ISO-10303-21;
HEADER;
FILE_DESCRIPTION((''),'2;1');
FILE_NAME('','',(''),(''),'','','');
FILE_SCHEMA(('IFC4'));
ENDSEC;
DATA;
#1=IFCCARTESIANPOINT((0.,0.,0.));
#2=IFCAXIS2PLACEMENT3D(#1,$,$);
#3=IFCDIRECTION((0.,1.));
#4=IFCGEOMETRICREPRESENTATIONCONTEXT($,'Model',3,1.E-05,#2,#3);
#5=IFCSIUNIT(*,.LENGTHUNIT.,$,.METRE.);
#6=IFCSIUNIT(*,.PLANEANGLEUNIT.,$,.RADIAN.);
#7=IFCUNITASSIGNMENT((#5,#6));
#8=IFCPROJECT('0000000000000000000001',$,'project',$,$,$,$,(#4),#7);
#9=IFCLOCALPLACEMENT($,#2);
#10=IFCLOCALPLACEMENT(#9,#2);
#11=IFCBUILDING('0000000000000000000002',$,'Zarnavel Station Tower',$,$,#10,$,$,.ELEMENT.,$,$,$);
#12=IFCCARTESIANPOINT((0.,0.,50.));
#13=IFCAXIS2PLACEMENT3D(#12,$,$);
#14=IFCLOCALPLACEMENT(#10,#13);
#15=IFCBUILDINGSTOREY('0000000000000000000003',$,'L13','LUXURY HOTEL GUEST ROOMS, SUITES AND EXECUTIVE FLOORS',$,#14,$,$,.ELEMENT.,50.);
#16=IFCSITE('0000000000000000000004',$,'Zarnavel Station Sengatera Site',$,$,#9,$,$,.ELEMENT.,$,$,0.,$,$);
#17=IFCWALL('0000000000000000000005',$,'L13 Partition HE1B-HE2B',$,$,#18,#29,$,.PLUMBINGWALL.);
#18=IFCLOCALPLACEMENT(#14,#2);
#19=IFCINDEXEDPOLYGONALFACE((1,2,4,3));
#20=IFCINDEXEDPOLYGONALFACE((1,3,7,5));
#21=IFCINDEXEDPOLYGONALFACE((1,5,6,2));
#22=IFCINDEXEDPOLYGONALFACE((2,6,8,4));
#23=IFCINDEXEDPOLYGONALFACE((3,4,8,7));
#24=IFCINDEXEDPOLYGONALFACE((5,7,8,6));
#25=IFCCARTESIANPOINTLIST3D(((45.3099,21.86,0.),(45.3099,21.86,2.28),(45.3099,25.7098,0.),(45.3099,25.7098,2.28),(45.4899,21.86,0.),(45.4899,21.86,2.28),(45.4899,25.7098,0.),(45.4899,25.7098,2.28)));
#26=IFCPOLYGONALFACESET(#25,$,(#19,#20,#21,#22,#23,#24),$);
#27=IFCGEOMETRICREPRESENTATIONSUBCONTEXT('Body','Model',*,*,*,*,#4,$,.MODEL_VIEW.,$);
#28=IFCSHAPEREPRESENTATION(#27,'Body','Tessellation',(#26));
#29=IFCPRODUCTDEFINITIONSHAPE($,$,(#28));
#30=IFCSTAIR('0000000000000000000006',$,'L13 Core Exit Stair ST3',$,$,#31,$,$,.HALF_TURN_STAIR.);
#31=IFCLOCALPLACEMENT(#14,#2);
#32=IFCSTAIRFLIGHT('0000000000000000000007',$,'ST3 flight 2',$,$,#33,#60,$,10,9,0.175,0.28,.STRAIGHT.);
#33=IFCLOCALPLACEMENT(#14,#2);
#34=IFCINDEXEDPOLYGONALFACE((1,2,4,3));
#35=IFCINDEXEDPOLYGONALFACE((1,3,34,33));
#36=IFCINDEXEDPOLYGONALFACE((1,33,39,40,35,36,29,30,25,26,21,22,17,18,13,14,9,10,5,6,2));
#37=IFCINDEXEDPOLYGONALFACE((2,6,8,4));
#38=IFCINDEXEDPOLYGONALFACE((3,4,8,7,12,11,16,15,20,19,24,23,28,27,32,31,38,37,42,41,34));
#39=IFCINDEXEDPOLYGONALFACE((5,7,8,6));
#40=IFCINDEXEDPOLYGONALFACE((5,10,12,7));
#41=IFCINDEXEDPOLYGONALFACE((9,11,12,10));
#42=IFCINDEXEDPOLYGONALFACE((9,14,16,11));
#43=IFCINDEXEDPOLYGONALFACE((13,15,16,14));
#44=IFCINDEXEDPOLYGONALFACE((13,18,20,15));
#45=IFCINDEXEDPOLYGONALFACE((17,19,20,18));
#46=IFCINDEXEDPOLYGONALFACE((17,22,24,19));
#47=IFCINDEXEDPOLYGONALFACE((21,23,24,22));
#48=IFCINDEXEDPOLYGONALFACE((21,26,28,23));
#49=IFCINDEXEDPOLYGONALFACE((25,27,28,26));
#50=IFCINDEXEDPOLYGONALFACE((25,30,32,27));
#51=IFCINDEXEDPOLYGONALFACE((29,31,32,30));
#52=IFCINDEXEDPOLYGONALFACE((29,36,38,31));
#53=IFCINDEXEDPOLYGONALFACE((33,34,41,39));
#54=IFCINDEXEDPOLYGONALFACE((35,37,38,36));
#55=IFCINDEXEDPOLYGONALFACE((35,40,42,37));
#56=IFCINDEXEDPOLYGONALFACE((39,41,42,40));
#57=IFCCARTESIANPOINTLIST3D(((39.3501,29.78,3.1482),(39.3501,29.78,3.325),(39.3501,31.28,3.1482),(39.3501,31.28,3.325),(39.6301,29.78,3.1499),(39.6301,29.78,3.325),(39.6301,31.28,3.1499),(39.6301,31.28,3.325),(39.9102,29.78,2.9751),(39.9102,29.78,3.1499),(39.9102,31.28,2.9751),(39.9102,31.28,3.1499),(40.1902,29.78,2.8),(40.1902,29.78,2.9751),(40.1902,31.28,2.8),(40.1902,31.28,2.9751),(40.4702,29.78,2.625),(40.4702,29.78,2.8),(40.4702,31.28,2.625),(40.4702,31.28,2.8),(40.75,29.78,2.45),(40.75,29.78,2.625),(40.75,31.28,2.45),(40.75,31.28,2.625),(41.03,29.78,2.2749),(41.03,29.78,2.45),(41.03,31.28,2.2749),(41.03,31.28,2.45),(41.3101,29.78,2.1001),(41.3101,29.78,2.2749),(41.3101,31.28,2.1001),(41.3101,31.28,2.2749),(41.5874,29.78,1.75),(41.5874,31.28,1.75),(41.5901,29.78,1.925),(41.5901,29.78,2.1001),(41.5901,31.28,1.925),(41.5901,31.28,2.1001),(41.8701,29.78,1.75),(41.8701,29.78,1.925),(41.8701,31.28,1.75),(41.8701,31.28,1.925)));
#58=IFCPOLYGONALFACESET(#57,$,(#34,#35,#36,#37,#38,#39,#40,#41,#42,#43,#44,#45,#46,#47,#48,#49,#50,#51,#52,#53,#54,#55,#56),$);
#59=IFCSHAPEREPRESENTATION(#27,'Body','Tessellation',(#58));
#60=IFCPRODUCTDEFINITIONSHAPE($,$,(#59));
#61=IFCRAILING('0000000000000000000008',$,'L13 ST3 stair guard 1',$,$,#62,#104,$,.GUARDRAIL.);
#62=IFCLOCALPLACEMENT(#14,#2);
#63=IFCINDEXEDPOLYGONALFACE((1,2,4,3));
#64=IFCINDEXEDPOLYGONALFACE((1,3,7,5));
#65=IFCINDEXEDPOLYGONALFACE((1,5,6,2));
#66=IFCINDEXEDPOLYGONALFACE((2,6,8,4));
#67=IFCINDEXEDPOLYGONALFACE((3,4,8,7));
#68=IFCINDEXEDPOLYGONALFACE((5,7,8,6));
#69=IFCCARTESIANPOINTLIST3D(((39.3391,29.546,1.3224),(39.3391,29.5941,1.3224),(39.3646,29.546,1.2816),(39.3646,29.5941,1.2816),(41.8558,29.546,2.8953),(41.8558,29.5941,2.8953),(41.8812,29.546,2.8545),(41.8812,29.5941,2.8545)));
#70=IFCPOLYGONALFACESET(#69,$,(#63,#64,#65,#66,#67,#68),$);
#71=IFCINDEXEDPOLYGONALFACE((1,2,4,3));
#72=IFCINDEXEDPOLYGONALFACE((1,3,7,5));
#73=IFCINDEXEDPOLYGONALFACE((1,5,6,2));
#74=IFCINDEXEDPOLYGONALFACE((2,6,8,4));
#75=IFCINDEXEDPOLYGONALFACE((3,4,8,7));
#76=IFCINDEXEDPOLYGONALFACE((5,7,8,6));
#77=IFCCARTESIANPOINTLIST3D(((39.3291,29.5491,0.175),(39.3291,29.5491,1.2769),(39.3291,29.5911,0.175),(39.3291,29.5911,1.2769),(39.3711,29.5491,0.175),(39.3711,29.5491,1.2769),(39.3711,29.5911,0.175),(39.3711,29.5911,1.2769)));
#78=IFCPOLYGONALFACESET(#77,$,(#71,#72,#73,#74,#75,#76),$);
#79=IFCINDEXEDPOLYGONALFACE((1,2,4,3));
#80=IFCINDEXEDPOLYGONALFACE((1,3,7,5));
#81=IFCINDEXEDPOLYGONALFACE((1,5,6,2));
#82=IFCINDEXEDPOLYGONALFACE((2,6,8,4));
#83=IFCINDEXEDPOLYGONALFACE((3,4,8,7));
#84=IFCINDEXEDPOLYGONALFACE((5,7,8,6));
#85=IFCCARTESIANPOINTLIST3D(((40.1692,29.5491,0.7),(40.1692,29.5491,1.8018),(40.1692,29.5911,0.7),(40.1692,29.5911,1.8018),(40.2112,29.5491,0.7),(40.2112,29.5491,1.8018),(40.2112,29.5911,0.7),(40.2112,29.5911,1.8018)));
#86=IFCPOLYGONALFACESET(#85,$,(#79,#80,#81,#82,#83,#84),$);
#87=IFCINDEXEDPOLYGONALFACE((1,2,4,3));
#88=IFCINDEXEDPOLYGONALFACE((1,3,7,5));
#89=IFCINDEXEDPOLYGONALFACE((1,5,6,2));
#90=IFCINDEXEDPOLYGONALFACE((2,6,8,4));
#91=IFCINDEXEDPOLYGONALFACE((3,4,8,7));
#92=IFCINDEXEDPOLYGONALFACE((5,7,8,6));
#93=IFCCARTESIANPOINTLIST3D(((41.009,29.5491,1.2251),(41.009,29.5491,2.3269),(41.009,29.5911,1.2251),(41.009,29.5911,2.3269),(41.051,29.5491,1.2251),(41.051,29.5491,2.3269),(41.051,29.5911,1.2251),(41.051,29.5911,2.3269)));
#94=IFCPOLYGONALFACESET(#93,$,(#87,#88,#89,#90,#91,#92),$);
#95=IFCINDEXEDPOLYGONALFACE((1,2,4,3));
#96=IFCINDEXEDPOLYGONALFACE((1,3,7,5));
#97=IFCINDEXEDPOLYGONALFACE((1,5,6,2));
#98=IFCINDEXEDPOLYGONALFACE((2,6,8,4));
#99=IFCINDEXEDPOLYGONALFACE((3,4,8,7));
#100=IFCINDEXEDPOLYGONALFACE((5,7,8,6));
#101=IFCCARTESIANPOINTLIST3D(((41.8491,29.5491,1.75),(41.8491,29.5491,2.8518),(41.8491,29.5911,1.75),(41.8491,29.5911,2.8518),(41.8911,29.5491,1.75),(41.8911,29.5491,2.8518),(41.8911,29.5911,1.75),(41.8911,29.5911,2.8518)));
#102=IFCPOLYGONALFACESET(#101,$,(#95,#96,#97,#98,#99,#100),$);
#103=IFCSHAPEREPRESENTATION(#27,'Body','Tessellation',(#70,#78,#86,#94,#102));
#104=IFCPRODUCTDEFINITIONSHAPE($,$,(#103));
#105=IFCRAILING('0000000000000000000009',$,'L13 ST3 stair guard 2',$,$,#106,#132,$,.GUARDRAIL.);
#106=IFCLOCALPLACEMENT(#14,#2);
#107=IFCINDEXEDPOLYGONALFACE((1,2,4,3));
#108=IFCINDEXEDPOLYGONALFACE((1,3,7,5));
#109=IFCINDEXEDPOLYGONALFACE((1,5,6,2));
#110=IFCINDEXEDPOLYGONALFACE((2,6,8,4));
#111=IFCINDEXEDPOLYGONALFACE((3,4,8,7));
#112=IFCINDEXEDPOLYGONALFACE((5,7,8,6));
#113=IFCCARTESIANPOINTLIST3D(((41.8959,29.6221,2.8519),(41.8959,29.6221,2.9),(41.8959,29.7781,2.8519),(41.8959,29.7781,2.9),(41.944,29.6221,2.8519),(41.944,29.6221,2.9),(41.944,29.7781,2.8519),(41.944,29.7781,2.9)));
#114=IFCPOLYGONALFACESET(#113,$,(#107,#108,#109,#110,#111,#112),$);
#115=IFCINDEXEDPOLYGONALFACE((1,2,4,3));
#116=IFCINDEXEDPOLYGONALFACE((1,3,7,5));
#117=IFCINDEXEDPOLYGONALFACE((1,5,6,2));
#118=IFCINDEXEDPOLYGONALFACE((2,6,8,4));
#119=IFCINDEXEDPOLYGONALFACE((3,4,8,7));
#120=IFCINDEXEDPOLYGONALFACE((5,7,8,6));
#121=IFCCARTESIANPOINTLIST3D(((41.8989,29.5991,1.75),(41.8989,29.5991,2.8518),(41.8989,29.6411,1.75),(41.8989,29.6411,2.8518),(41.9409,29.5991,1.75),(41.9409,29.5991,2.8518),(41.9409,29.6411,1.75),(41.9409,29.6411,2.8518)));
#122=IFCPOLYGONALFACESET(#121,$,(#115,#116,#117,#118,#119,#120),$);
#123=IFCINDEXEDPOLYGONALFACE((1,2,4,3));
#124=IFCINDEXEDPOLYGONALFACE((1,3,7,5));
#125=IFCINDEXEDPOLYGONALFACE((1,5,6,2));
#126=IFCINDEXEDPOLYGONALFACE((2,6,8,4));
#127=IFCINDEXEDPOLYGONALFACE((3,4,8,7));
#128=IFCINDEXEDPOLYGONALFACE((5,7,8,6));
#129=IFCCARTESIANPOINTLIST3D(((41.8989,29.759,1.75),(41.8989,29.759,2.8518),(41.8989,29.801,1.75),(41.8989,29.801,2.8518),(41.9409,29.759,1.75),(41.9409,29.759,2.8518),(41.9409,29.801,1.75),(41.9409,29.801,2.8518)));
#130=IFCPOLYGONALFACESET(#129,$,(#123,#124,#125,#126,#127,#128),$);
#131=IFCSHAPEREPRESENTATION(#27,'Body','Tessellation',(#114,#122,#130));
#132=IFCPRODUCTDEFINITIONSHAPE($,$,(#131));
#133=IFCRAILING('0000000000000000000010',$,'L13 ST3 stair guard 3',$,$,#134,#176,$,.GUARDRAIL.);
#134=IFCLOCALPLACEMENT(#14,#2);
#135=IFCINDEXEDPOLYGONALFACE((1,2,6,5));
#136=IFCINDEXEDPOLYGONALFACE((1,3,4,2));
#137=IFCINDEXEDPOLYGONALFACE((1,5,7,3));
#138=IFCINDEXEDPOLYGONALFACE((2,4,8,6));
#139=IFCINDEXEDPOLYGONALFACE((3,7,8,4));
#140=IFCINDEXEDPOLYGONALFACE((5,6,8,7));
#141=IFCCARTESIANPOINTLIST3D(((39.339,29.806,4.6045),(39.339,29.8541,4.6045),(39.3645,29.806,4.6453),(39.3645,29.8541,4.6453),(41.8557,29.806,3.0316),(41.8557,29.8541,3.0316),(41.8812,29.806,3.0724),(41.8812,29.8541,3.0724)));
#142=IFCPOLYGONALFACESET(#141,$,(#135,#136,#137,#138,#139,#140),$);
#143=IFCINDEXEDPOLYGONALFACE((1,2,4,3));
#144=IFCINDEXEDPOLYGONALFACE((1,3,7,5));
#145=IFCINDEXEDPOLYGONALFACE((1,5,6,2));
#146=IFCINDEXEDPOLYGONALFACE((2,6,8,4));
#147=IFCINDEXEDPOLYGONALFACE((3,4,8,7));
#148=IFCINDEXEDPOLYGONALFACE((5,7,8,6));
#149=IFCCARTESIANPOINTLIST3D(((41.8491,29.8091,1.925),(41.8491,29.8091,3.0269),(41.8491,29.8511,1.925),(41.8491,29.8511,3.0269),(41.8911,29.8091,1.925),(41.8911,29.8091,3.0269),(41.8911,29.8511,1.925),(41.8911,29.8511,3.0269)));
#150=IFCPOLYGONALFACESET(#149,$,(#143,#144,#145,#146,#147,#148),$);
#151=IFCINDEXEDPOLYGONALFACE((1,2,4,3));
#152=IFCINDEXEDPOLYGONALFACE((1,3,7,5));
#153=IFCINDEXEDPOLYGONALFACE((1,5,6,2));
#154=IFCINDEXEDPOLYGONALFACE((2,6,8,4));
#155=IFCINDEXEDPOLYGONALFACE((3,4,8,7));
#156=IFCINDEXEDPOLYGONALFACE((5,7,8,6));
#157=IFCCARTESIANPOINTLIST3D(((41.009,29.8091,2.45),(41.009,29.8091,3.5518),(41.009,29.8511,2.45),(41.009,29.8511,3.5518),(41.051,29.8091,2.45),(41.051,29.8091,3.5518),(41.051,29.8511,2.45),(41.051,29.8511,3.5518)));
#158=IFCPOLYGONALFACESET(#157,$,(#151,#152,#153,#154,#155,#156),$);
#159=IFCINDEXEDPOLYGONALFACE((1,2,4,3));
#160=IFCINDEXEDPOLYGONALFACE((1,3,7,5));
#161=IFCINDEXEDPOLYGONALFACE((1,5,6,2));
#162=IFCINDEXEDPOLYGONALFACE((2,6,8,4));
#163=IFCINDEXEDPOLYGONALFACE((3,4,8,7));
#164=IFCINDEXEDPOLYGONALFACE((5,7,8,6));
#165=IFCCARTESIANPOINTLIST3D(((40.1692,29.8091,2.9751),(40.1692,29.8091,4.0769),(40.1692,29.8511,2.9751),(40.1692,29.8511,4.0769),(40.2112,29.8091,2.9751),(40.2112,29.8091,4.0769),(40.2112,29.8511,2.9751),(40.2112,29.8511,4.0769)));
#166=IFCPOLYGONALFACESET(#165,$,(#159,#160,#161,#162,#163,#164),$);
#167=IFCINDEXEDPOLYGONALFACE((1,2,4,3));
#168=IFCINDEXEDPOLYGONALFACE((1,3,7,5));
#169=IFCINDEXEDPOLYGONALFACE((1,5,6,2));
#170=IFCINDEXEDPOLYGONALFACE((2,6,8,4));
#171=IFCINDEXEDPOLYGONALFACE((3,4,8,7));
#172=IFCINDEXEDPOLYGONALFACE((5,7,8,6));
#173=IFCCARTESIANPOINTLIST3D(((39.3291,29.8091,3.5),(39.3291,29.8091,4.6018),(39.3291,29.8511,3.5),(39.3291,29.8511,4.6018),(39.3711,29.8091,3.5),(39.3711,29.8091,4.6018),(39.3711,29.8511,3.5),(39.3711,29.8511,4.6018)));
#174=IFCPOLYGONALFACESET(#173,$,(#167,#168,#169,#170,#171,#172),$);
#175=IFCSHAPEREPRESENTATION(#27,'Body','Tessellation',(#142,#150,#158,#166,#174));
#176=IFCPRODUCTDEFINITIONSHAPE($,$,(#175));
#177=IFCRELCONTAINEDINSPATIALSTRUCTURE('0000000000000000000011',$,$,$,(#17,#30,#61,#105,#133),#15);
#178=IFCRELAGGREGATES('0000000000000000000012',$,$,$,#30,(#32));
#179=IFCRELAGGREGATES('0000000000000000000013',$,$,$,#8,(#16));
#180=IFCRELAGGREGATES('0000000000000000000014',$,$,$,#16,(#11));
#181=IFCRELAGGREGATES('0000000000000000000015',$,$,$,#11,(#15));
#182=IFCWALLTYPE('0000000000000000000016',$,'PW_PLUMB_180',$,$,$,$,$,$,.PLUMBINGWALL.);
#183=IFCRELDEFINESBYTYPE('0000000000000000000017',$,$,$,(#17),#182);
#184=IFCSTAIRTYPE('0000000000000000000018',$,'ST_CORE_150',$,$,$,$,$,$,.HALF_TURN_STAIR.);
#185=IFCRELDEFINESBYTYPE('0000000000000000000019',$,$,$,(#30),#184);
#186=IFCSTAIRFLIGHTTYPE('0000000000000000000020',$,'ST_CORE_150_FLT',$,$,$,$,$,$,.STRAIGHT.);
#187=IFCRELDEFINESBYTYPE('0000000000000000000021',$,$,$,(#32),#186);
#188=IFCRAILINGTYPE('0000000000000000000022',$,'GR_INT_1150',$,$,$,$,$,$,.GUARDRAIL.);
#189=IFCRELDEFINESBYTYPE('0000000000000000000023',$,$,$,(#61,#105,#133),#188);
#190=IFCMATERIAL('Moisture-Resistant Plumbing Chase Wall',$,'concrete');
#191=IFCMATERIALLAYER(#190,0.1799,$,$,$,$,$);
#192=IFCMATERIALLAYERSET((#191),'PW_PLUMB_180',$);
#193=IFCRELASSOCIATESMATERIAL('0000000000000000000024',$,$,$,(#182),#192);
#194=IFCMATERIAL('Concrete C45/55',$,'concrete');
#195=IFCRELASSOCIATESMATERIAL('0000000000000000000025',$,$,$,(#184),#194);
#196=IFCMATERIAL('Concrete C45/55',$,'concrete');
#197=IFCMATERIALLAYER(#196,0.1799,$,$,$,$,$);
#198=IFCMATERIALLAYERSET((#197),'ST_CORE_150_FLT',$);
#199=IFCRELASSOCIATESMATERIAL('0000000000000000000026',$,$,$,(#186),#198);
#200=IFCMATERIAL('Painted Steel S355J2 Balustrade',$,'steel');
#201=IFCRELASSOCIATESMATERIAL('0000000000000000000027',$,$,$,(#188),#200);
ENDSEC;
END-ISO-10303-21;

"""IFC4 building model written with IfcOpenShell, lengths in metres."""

from ifc_helpers import new_model, si_unit, direction, frame, frame_2d, origin, origin_2d, place, context, subcontext, project, spatial, polyline, rectangle, outline, extrude, material, layer, layer_set, type_object, element, aggregate, save


model = new_model("IFC4")

# Units and contexts
model_context = context("Model", 3, precision=1e-05, world=origin(), true_north=direction((0.0, 1.0)))
body_context = subcontext(model_context, "Body", "Model", "MODEL_VIEW")
ifc_project = project(units=[si_unit("LENGTHUNIT", "METRE"), si_unit("PLANEANGLEUNIT", "RADIAN")], contexts=[model_context])

# Site, building, storey
site_placement = place(None, origin())
site = spatial("IfcSite", under=ifc_project, at=site_placement, Name="Zarnavel Station Sengatera Site", CompositionType="ELEMENT", RefElevation=0.0)
building_placement = place(site_placement, origin())
building = spatial("IfcBuilding", under=site, at=building_placement, Name="Zarnavel Station Tower", CompositionType="ELEMENT")
storey_placement = place(building_placement, frame((0.0, 0.0, 50.0)))
storey = spatial("IfcBuildingStorey", under=building, at=storey_placement, Name="L13", Description="LUXURY HOTEL GUEST ROOMS, SUITES AND EXECUTIVE FLOORS", CompositionType="ELEMENT", Elevation=50.0)

# Shared definitions
ifc_material_1 = material(Name="Moisture-Resistant Plumbing Chase Wall", Category="concrete")
ifc_layer_1 = layer(ifc_material_1, 0.1799)
ifc_layer_set_1 = layer_set([ifc_layer_1], Name="PW_PLUMB_180")
wall_type_1 = type_object("IfcWallType", Name="PW_PLUMB_180", PredefinedType="PLUMBINGWALL", material=ifc_layer_set_1)

# Wall
wall_1_placement = place(storey_placement, frame((45.3999, 21.8601, 0.0), z_axis=(0.0, 0.0, 1.0), x_axis=(0.0, 1.0, 0.0)))
element("IfcWall", 1, at=wall_1_placement, inside=storey, type_object=wall_type_1, Name="L13 Partition HE1B-HE2B", PredefinedType="PLUMBINGWALL", context=body_context, shape_type="SweptSolid", body=[
    extrude(rectangle(XDim=3.8499, YDim=0.1799, at=frame_2d((1.9248, 0.0))), origin(), (0.0, 0.0, 1.0), 2.28),
])

# Stair, stair flight
ifc_material_2 = material(Name="Concrete C45/55", Category="concrete")
stair_type = type_object("IfcStairType", Name="ST_CORE_150", PredefinedType="HALF_TURN_STAIR", material=ifc_material_2)
stair_placement = place(storey_placement, origin())
stair = element("IfcStair", 2, at=stair_placement, inside=storey, type_object=stair_type, Name="L13 Core Exit Stair ST3", PredefinedType="HALF_TURN_STAIR")
ifc_material_3 = material(Name="Concrete C45/55", Category="concrete")
ifc_layer_2 = layer(ifc_material_3, 0.1799)
ifc_layer_set_2 = layer_set([ifc_layer_2], Name="ST_CORE_150_FLT")
stair_flight_type = type_object("IfcStairFlightType", Name="ST_CORE_150_FLT", PredefinedType="STRAIGHT", material=ifc_layer_set_2)
stair_flight_placement = place(storey_placement, frame((41.8701, 30.53, 1.75), z_axis=(0.0, 0.0, 1.0), x_axis=(-1.0, 0.0, 0.0)))
stair_flight = element("IfcStairFlight", 3, at=stair_flight_placement, type_object=stair_flight_type, Name="ST3 flight 2", NumberOfRisers=10, NumberOfTreads=9, PredefinedType="STRAIGHT", RiserHeight=0.175, TreadLength=0.28, context=body_context, shape_type="SweptSolid", body=[
    extrude(outline(polyline([(0.0, 0.0), (0.0, 0.175), (0.28, 0.175), (0.28, 0.3501), (0.5601, 0.3501), (0.5601, 0.5249), (0.8401, 0.5249), (0.8401, 0.7), (1.1201, 0.7), (1.1201, 0.875), (1.3999, 0.875), (1.3999, 1.05), (1.6799, 1.05), (1.6799, 1.2251), (1.96, 1.2251), (1.96, 1.3999), (2.24, 1.3999), (2.24, 1.575), (2.52, 1.575), (2.52, 1.75), (2.52, 1.3982), (0.2827, 0.0), (0.0, 0.0)])), frame((0.0, 0.75, 0.0), z_axis=(0.0, -1.0, 0.0), x_axis=(1.0, 0.0, 0.0)), (0.0, 0.0, 1.0), 1.5),
])
aggregate(stair, [stair_flight])

# Railings
ifc_material_4 = material(Name="Painted Steel S355J2 Balustrade", Category="steel")
railing_type_1 = type_object("IfcRailingType", Name="GR_INT_1150", PredefinedType="GUARDRAIL", material=ifc_material_4)
railing_1_placement = place(storey_placement, frame((39.3501, 29.5701, 0.175)))
element("IfcRailing", 4, at=railing_1_placement, inside=storey, type_object=railing_type_1, Name="L13 ST3 stair guard 1", PredefinedType="GUARDRAIL", context=body_context, shape_type="SweptSolid", body=[
    extrude(rectangle(XDim=0.0481, YDim=0.0481, at=origin_2d()), frame((0.0017, 0.0, 1.127), z_axis=(0.848008, 0.0, 0.529984), x_axis=(0.0, 1.0, 0.0)), (0.0, 0.0, 1.0), 2.9678),
    extrude(rectangle(XDim=0.042, YDim=0.042, at=origin_2d()), origin(), (0.0, 0.0, 1.0), 1.1018),
    extrude(rectangle(XDim=0.042, YDim=0.042, at=origin_2d()), frame((0.8401, 0.0, 0.5249)), (0.0, 0.0, 1.0), 1.1018),
    extrude(rectangle(XDim=0.042, YDim=0.042, at=origin_2d()), frame((1.6799, 0.0, 1.05)), (0.0, 0.0, 1.0), 1.1018),
    extrude(rectangle(XDim=0.042, YDim=0.042, at=origin_2d()), frame((2.52, 0.0, 1.575)), (0.0, 0.0, 1.0), 1.1018),
])
railing_2_placement = place(storey_placement, frame((41.9199, 29.6201, 1.75)))
element("IfcRailing", 5, at=railing_2_placement, inside=storey, type_object=railing_type_1, Name="L13 ST3 stair guard 2", PredefinedType="GUARDRAIL", context=body_context, shape_type="SweptSolid", body=[
    extrude(rectangle(XDim=0.0481, YDim=0.0481, at=origin_2d()), frame((0.0, 0.002, 1.126), z_axis=(0.0, 1.0, 0.0), x_axis=(-1.0, 0.0, 0.0)), (0.0, 0.0, 1.0), 0.156),
    extrude(rectangle(XDim=0.042, YDim=0.042, at=origin_2d()), origin(), (0.0, 0.0, 1.0), 1.1018),
    extrude(rectangle(XDim=0.042, YDim=0.042, at=origin_2d()), frame((0.0, 0.1599, 0.0)), (0.0, 0.0, 1.0), 1.1018),
])
railing_3_placement = place(storey_placement, frame((41.8701, 29.8301, 1.925)))
element("IfcRailing", 6, at=railing_3_placement, inside=storey, type_object=railing_type_1, Name="L13 ST3 stair guard 3", PredefinedType="GUARDRAIL", context=body_context, shape_type="SweptSolid", body=[
    extrude(rectangle(XDim=0.0481, YDim=0.0481, at=origin_2d()), frame((-0.0017, 0.0, 1.127), z_axis=(-0.848008, 0.0, 0.529984), x_axis=(0.0, -1.0, 0.0)), (0.0, 0.0, 1.0), 2.9678),
    extrude(rectangle(XDim=0.042, YDim=0.042, at=origin_2d()), origin(), (0.0, 0.0, 1.0), 1.1018),
    extrude(rectangle(XDim=0.042, YDim=0.042, at=origin_2d()), frame((-0.8401, 0.0, 0.5249)), (0.0, 0.0, 1.0), 1.1018),
    extrude(rectangle(XDim=0.042, YDim=0.042, at=origin_2d()), frame((-1.6799, 0.0, 1.05)), (0.0, 0.0, 1.0), 1.1018),
    extrude(rectangle(XDim=0.042, YDim=0.042, at=origin_2d()), frame((-2.52, 0.0, 1.575)), (0.0, 0.0, 1.0), 1.1018),
])

save(model, "model.ifc")
